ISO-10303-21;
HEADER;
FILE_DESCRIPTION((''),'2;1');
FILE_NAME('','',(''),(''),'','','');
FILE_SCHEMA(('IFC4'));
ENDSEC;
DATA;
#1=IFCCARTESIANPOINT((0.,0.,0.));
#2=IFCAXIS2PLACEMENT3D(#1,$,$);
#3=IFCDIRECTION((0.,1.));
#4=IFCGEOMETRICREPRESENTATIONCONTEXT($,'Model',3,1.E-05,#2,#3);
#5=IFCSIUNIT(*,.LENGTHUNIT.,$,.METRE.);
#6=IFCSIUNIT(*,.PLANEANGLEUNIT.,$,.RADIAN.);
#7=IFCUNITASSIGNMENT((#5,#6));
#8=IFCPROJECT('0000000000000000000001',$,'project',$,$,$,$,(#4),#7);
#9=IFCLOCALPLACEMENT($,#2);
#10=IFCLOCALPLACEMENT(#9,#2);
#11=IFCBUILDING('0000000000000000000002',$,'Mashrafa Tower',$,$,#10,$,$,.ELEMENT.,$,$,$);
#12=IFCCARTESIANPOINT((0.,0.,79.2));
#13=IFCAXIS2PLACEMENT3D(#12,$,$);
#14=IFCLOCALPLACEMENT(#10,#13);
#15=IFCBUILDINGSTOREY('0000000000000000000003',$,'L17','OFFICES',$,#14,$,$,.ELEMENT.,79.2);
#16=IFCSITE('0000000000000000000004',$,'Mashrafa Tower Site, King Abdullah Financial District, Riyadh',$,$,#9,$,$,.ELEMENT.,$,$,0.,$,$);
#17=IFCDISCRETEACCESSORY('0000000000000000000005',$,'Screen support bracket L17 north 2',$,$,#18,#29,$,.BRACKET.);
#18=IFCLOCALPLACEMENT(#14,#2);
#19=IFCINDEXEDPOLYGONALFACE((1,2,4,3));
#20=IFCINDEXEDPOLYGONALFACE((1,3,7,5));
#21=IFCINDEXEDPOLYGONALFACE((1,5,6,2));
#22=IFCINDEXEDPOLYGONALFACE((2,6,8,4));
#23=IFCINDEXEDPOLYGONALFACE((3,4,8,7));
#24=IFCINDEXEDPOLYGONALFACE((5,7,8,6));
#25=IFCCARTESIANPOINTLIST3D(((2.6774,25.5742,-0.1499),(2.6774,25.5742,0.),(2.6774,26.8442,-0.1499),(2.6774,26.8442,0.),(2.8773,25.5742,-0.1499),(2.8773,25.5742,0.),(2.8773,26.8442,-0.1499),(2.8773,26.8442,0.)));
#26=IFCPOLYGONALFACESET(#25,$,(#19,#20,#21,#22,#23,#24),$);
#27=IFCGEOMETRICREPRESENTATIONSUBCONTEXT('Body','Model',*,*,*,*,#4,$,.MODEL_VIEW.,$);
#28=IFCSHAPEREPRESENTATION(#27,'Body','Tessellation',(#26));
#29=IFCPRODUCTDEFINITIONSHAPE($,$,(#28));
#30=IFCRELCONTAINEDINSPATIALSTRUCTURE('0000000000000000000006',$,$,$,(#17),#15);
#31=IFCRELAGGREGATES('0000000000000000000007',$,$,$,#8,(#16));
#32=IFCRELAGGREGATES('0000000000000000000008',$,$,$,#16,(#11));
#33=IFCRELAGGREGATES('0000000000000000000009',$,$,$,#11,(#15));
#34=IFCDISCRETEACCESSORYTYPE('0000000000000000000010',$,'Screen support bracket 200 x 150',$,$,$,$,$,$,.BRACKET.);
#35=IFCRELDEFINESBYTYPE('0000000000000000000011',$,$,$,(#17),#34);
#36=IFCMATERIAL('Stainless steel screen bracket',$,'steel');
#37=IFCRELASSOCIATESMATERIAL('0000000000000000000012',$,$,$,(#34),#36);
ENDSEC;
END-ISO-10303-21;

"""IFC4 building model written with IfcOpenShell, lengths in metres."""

from ifc_helpers import new_model, si_unit, direction, frame, origin, origin_2d, place, context, subcontext, project, spatial, rectangle, extrude, source, transform, mapped, material, type_object, type_shapes, element, save


model = new_model("IFC4")

# Units and contexts
model_context = context("Model", 3, precision=1e-05, world=origin(), true_north=direction((0.0, 1.0)))
body_context = subcontext(model_context, "Body", "Model", "MODEL_VIEW")
ifc_project = project(units=[si_unit("LENGTHUNIT", "METRE"), si_unit("PLANEANGLEUNIT", "RADIAN")], contexts=[model_context])

# Site, building, storey
site_placement = place(None, origin())
site = spatial("IfcSite", under=ifc_project, at=site_placement, Name="Mashrafa Tower Site, King Abdullah Financial District, Riyadh", CompositionType="ELEMENT", RefElevation=0.0)
building_placement = place(site_placement, origin())
building = spatial("IfcBuilding", under=site, at=building_placement, Name="Mashrafa Tower", CompositionType="ELEMENT")
storey_placement = place(building_placement, frame((0.0, 0.0, 79.2)))
storey = spatial("IfcBuildingStorey", under=building, at=storey_placement, Name="L17", Description="OFFICES", CompositionType="ELEMENT", Elevation=79.2)

# Discrete accessory
ifc_material_1 = material(Name="Stainless steel screen bracket", Category="steel")
discrete_accessory_type = type_object("IfcDiscreteAccessoryType", Name="Screen support bracket 200 x 150", PredefinedType="BRACKET", material=ifc_material_1)
shared_shape_1 = source(origin(), body_context, "Body", "SweptSolid", [
    extrude(rectangle(XDim=0.2, YDim=1.27, at=origin_2d()), origin(), (0.0, 0.0, 1.0), 0.1499),
])
type_shapes(discrete_accessory_type, [shared_shape_1])
for number, where, z_axis, x_axis, name in (
    (1, (2.7773, 26.2092, -0.1499), (0.0, 0.0, 1.0), (-1.0, 0.0, 0.0), "Screen support bracket L17 north 2"),
):
    element("IfcDiscreteAccessory", number, at=place(storey_placement, frame(where, z_axis=z_axis, x_axis=x_axis)), inside=storey, type_object=discrete_accessory_type, Name=name, PredefinedType="BRACKET", context=body_context, shape_type="MappedRepresentation", body=[
        mapped(shared_shape_1, transform((0.0, 0.0, 0.0))),
    ])

save(model, "model.ifc")
